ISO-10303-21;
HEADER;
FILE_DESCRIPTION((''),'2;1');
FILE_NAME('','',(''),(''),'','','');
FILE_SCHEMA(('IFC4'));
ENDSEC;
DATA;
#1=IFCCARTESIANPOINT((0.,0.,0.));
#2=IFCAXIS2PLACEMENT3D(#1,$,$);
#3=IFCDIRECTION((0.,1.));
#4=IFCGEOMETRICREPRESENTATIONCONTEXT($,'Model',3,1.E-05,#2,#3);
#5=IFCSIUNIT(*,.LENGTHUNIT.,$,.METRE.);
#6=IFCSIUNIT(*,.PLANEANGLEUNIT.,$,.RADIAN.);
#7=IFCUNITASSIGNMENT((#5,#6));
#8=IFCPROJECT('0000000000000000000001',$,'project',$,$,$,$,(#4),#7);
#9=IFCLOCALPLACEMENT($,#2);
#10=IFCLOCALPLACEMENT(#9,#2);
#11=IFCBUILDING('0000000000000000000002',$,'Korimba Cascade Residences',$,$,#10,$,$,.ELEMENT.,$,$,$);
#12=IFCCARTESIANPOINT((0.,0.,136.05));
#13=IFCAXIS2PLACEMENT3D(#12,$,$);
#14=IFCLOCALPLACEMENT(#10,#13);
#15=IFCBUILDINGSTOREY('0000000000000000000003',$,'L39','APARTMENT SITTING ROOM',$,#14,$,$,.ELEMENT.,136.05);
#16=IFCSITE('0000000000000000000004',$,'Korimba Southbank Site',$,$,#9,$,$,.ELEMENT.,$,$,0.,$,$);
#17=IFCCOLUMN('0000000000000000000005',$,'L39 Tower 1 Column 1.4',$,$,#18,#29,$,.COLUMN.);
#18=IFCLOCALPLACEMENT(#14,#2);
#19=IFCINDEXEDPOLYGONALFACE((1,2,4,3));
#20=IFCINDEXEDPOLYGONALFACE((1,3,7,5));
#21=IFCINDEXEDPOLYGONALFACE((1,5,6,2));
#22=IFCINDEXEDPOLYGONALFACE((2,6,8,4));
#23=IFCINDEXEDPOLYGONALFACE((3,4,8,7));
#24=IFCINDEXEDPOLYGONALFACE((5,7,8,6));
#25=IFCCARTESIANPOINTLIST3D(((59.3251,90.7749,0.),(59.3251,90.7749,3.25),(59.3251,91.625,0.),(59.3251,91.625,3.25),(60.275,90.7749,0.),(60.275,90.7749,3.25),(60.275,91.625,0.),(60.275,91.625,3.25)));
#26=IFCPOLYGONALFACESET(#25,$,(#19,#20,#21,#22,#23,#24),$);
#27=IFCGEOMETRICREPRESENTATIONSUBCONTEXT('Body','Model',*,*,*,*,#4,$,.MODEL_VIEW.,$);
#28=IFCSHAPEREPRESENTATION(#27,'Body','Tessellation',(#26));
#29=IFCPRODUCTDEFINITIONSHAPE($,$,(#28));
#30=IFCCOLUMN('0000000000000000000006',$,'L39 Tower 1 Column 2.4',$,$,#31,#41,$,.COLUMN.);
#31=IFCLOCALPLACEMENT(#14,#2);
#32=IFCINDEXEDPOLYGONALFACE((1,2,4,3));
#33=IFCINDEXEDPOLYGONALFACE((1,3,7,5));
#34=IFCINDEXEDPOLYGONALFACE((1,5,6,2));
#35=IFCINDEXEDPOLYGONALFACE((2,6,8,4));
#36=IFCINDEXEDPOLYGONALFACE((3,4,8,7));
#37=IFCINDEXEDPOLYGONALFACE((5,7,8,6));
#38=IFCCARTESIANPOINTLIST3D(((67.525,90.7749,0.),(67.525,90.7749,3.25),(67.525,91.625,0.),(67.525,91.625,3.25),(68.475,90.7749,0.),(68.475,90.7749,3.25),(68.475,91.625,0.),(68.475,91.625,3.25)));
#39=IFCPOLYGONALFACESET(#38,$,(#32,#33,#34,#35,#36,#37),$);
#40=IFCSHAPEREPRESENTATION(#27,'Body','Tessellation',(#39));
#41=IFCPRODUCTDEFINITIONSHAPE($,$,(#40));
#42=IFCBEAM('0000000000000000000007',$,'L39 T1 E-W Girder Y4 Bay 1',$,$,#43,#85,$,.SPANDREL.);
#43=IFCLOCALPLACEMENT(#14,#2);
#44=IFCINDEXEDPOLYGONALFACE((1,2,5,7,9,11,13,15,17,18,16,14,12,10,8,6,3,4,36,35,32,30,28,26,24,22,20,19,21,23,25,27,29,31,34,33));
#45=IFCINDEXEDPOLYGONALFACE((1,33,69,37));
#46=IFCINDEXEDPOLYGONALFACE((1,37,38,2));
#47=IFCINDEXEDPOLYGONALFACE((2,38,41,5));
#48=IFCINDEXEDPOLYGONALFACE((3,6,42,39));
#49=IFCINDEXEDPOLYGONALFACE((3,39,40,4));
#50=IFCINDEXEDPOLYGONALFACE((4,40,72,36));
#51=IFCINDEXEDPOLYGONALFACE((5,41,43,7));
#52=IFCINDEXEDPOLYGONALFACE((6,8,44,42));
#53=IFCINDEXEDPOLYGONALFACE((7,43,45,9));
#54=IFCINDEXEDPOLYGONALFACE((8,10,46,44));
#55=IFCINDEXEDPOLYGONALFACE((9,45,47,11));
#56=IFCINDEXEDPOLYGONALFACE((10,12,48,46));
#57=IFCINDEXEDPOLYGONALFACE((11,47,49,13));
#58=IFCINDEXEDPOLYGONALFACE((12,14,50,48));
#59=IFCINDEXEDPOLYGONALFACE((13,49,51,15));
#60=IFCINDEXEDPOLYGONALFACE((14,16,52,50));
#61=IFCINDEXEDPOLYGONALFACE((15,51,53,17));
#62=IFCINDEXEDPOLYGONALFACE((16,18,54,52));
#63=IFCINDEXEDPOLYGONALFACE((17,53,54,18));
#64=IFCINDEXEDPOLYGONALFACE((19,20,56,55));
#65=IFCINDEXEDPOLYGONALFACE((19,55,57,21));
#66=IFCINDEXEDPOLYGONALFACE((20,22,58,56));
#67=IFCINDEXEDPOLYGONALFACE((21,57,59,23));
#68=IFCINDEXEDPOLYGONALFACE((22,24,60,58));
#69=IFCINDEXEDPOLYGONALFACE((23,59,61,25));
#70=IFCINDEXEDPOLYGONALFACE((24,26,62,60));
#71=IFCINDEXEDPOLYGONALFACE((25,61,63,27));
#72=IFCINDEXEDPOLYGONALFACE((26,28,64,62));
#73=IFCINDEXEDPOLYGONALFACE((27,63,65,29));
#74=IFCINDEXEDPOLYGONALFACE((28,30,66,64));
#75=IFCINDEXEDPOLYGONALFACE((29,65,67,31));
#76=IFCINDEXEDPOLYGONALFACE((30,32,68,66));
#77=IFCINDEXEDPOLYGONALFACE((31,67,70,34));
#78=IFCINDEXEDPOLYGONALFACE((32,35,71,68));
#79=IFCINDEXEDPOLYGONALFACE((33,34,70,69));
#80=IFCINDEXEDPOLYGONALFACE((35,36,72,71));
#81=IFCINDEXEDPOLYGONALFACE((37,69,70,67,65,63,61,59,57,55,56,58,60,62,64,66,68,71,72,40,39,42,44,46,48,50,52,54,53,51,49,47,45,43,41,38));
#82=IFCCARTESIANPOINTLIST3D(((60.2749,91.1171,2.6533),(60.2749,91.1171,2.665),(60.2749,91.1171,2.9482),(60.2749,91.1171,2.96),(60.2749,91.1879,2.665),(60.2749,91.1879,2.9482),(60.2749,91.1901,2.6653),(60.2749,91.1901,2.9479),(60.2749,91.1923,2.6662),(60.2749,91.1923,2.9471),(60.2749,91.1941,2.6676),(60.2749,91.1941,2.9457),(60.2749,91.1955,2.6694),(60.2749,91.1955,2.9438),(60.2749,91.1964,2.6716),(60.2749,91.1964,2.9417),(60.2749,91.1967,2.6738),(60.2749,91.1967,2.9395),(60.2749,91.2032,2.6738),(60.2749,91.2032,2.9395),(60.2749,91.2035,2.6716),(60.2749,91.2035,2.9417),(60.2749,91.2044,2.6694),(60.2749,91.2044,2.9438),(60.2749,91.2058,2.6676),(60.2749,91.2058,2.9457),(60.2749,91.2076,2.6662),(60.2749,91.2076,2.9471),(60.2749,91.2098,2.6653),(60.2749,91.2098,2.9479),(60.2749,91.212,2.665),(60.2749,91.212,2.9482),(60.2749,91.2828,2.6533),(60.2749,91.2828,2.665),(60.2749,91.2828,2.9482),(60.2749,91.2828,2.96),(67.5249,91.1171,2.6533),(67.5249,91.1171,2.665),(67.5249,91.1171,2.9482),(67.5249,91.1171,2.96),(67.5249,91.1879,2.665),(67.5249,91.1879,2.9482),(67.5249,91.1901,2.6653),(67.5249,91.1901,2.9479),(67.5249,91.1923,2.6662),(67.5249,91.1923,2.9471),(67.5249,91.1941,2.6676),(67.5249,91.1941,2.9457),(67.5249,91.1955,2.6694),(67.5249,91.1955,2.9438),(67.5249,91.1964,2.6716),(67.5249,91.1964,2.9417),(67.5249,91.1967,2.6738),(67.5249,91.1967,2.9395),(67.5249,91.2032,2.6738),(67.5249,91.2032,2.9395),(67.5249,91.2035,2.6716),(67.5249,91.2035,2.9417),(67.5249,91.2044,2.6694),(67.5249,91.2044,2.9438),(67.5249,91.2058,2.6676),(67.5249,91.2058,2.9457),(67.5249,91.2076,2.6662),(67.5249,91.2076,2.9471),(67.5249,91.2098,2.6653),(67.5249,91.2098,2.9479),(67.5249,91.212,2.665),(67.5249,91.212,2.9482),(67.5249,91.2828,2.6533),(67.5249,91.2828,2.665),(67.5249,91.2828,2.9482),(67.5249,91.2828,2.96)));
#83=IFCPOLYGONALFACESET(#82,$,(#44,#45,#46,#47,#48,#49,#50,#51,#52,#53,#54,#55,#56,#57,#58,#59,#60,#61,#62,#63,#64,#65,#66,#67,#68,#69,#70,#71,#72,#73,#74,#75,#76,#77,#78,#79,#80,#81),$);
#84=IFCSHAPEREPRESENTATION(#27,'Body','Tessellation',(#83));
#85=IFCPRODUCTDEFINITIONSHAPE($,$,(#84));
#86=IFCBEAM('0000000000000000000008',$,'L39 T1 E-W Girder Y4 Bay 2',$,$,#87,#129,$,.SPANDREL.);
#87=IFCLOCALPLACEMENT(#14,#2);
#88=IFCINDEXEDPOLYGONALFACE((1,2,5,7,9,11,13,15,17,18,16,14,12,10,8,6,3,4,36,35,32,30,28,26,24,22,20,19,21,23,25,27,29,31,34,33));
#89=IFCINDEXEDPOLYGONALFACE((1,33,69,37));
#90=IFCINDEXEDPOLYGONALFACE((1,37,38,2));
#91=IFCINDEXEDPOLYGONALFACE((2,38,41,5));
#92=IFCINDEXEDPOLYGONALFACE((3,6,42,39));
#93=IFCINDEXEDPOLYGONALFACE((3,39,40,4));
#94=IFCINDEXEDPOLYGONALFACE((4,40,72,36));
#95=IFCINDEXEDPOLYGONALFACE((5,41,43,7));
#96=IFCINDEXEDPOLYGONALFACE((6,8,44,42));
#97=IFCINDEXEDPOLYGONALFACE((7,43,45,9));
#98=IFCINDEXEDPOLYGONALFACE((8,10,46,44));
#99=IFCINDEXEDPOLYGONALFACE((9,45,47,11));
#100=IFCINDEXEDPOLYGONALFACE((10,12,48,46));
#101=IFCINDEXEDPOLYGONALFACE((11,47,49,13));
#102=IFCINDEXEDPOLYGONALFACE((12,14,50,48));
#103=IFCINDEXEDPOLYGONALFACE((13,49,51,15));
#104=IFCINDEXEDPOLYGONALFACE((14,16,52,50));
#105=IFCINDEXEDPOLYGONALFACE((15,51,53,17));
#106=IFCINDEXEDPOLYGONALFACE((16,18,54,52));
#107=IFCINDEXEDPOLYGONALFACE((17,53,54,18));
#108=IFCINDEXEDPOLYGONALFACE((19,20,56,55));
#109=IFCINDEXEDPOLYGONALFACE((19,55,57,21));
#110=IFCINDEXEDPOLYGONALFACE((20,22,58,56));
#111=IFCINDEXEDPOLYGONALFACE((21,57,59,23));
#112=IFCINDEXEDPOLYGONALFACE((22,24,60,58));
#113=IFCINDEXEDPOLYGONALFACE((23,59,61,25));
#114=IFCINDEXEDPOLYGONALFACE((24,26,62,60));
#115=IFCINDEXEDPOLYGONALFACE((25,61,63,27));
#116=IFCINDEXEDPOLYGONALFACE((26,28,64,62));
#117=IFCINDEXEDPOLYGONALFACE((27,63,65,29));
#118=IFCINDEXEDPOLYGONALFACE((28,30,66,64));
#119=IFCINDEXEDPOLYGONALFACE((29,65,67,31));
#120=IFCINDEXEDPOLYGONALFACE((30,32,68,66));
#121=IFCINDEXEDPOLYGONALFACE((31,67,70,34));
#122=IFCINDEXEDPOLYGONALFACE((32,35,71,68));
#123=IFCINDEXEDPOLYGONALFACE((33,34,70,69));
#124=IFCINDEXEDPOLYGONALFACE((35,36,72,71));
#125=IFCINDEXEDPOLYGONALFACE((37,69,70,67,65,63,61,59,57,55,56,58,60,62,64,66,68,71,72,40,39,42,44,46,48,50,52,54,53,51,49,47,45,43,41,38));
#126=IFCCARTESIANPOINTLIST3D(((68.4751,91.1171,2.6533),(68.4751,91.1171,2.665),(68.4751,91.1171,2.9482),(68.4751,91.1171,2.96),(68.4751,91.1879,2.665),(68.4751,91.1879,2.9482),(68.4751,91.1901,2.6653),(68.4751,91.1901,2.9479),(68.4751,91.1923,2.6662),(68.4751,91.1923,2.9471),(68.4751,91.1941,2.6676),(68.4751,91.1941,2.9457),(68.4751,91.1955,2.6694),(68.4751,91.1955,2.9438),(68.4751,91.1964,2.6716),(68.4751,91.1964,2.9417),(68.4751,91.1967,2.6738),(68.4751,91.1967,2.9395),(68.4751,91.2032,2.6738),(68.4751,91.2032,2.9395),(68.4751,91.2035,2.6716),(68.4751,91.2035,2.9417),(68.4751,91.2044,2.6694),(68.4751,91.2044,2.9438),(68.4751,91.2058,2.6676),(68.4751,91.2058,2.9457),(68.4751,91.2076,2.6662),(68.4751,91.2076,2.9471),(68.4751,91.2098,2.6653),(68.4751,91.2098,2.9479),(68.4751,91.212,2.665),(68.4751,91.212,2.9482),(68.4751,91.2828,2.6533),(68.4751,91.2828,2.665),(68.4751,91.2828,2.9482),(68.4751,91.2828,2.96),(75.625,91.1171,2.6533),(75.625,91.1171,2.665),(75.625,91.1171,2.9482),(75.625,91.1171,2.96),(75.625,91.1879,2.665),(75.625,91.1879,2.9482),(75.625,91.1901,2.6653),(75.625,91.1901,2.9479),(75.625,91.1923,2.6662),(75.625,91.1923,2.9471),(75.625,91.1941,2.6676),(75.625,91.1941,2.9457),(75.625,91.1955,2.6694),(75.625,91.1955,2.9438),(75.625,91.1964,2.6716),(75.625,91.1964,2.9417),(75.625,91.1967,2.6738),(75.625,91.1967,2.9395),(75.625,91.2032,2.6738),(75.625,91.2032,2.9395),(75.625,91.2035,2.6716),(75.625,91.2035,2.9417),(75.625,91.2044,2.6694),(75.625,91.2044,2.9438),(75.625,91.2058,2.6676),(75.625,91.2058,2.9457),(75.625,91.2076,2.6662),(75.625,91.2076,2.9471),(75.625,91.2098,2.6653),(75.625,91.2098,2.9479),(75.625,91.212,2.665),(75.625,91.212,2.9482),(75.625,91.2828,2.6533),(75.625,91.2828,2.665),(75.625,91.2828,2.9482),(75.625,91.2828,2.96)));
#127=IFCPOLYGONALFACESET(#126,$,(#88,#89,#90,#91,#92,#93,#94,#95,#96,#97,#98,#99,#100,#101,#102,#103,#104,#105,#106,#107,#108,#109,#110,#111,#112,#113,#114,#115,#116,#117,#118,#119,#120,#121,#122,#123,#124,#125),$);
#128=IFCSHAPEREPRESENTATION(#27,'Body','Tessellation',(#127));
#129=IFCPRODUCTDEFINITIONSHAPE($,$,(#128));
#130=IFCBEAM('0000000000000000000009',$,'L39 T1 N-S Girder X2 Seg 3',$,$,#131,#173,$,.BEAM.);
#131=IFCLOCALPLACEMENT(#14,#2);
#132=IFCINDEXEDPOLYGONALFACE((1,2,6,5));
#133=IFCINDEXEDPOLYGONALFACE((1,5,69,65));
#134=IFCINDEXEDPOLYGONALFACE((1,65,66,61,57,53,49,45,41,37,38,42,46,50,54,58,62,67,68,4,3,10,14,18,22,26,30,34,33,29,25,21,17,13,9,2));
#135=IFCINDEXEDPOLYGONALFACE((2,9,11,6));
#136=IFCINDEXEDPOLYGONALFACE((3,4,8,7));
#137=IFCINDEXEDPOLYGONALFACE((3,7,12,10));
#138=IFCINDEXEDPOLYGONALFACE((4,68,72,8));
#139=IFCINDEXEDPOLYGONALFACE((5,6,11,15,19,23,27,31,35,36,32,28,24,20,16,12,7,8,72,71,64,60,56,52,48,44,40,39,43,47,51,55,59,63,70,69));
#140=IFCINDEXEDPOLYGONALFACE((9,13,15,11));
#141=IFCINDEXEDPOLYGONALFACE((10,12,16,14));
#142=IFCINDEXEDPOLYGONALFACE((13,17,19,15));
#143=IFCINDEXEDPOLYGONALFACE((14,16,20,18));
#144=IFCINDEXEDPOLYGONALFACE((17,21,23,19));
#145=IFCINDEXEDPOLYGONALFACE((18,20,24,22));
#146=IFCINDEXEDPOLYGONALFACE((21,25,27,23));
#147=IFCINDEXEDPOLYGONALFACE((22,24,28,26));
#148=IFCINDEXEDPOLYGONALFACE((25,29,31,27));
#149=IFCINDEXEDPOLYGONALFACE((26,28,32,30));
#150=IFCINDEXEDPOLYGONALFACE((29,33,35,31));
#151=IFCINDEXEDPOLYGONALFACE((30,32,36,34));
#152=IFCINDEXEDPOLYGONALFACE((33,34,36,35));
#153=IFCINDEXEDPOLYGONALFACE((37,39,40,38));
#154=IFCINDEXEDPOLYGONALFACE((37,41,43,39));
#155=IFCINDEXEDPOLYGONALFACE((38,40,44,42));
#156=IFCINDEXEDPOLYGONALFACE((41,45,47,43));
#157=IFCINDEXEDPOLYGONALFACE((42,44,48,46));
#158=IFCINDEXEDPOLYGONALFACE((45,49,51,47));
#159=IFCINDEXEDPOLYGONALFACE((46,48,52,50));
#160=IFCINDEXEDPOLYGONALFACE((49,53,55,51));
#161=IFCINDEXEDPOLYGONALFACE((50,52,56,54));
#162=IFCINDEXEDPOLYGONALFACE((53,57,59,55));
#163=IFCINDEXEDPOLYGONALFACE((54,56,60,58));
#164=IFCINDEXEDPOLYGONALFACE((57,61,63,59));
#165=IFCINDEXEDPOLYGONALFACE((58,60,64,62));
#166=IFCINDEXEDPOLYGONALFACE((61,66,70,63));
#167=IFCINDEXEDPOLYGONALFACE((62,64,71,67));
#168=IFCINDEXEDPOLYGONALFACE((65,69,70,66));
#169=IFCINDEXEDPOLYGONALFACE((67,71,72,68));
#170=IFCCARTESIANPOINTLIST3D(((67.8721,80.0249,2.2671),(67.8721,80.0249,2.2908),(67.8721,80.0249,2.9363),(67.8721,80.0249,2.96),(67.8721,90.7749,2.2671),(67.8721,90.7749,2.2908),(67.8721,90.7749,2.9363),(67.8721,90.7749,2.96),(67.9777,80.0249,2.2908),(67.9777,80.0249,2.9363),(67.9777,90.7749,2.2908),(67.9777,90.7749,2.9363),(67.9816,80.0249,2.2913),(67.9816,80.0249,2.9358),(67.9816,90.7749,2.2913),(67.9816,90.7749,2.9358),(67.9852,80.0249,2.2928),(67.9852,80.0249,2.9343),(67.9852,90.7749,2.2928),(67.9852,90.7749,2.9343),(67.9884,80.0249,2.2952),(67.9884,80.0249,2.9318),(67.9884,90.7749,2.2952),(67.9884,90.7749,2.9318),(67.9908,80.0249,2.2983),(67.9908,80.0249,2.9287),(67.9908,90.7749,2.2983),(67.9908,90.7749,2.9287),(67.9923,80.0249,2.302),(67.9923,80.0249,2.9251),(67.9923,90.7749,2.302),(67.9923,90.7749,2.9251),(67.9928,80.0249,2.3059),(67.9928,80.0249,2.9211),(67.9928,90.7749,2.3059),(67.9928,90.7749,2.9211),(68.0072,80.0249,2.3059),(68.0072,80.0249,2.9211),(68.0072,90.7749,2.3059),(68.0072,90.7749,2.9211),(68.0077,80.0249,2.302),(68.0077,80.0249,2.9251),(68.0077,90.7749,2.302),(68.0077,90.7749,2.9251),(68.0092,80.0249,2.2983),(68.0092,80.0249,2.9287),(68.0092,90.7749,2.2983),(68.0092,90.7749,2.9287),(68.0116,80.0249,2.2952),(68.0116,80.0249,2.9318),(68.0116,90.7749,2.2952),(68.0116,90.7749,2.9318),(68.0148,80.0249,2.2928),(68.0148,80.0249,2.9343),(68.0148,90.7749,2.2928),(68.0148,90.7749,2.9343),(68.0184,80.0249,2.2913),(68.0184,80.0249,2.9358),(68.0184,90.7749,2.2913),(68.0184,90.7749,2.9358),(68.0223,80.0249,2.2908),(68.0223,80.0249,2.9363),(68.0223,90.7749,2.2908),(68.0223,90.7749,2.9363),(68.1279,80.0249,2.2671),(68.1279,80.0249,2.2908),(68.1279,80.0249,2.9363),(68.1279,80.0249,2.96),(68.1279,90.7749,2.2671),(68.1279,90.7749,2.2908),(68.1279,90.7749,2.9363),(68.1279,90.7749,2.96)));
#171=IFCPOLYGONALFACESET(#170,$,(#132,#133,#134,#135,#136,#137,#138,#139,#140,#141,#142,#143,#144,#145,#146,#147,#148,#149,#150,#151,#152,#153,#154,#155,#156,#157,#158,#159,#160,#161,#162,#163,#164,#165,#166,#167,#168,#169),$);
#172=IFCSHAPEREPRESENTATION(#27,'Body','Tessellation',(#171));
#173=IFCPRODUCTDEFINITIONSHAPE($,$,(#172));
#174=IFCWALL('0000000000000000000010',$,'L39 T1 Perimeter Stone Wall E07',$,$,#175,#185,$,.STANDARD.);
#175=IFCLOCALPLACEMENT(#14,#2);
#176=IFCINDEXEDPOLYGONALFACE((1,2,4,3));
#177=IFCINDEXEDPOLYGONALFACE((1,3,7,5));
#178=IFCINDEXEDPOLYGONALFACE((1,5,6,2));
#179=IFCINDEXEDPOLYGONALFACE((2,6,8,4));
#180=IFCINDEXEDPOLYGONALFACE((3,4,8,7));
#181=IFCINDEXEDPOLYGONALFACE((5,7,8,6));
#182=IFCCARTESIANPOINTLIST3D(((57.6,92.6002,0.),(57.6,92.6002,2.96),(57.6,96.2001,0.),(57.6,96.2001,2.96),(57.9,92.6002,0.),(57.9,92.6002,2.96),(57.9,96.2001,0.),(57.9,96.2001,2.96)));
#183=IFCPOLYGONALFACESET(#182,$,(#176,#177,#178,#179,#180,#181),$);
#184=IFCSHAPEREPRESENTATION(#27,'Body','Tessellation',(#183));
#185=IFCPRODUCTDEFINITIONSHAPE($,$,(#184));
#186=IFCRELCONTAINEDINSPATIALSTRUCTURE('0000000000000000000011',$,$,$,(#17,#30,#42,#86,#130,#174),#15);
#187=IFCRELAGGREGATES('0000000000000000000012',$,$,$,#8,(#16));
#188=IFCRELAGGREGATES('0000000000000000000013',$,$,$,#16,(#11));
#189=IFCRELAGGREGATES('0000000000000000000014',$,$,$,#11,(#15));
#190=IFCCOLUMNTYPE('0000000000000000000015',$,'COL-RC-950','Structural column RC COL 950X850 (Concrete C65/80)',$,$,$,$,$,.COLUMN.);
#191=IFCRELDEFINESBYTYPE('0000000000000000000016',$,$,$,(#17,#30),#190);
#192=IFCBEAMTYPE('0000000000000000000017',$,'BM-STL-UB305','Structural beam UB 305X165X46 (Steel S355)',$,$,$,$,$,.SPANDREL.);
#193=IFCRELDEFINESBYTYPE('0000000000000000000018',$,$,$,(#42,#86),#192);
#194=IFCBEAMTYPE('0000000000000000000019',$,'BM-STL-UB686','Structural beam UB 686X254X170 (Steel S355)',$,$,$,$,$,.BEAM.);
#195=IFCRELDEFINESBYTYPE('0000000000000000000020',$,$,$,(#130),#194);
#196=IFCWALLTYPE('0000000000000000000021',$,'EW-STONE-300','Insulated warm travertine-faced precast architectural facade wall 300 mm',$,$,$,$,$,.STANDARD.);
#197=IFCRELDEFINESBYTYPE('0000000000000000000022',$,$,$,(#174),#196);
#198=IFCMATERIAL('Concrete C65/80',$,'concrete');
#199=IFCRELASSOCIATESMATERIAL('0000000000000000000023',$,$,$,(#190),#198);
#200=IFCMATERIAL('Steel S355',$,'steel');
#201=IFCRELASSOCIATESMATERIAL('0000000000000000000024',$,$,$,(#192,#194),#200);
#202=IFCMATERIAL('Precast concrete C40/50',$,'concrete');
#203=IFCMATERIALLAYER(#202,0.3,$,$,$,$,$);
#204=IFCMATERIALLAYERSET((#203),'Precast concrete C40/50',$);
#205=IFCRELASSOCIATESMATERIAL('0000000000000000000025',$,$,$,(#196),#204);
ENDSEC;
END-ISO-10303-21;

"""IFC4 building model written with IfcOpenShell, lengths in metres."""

from ifc_helpers import new_model, si_unit, direction, frame, frame_2d, origin, origin_2d, place, context, subcontext, project, spatial, rectangle, i_section, extrude, material, layer, layer_set, material_profile, profile_set, type_object, element, save


model = new_model("IFC4")

# Units and contexts
model_context = context("Model", 3, precision=1e-05, world=origin(), true_north=direction((0.0, 1.0)))
body_context = subcontext(model_context, "Body", "Model", "MODEL_VIEW")
ifc_project = project(units=[si_unit("LENGTHUNIT", "METRE"), si_unit("PLANEANGLEUNIT", "RADIAN")], contexts=[model_context])

# Site, building, storey
site_placement = place(None, origin())
site = spatial("IfcSite", under=ifc_project, at=site_placement, Name="Korimba Southbank Site", CompositionType="ELEMENT", RefElevation=0.0)
building_placement = place(site_placement, origin())
building = spatial("IfcBuilding", under=site, at=building_placement, Name="Korimba Cascade Residences", CompositionType="ELEMENT")
storey_placement = place(building_placement, frame((0.0, 0.0, 136.05)))
storey = spatial("IfcBuildingStorey", under=building, at=storey_placement, Name="L39", Description="APARTMENT SITTING ROOM", CompositionType="ELEMENT", Elevation=136.05)

# Columns
ifc_material_1 = material(Name="Concrete C65/80", Category="concrete")
ifc_material_profile_1 = material_profile(ifc_material_1, rectangle(XDim=0.95, YDim=0.8501, at=origin_2d()), Name="Concrete C65/80")
ifc_profile_set_1 = profile_set([ifc_material_profile_1], Name="Concrete C65/80")
column_type = type_object("IfcColumnType", Name="COL-RC-950", Description="Structural column RC COL 950X850 (Concrete C65/80)", PredefinedType="COLUMN", material=ifc_profile_set_1)
for number, where, z_axis, x_axis, name in (
    (1, (59.8, 91.2, 0.0), (0.0, 0.0, 1.0), (1.0, 0.0, 0.0), "L39 Tower 1 Column 1.4"),
    (2, (68.0, 91.2, 0.0), (0.0, 0.0, 1.0), (1.0, 0.0, 0.0), "L39 Tower 1 Column 2.4"),
):
    element("IfcColumn", number, at=place(storey_placement, frame(where, z_axis=z_axis, x_axis=x_axis)), inside=storey, type_object=column_type, Name=name, PredefinedType="COLUMN", context=body_context, shape_type="SweptSolid", body=[
        extrude(rectangle(XDim=0.95, YDim=0.8501, at=origin_2d()), origin(), (0.0, 0.0, 1.0), 3.25),
    ])

# Beams
ifc_material_2 = material(Name="Steel S355", Category="steel")
ifc_material_profile_2 = material_profile(ifc_material_2, i_section(OverallWidth=0.1658, OverallDepth=0.3066, WebThickness=0.0066, FlangeThickness=0.0117, FilletRadius=0.0088, at=origin_2d()), Name="Steel S355")
ifc_profile_set_2 = profile_set([ifc_material_profile_2], Name="Steel S355")
beam_type_1 = type_object("IfcBeamType", Name="BM-STL-UB305", Description="Structural beam UB 305X165X46 (Steel S355)", PredefinedType="SPANDREL", material=ifc_profile_set_2)
beam_1_placement = place(storey_placement, frame((60.2749, 91.2, 2.8066), z_axis=(1.0, 0.0, 0.0), x_axis=(0.0, 1.0, 0.0)))
element("IfcBeam", 3, at=beam_1_placement, inside=storey, type_object=beam_type_1, Name="L39 T1 E-W Girder Y4 Bay 1", PredefinedType="SPANDREL", context=body_context, shape_type="SweptSolid", body=[
    extrude(i_section(OverallWidth=0.1658, OverallDepth=0.3066, WebThickness=0.0066, FlangeThickness=0.0117, FilletRadius=0.0088, at=origin_2d()), origin(), (0.0, 0.0, 1.0), 7.25),
])
beam_2_placement = place(storey_placement, frame((68.4751, 91.2, 2.8066), z_axis=(1.0, 0.0, 0.0), x_axis=(0.0, 1.0, 0.0)))
element("IfcBeam", 4, at=beam_2_placement, inside=storey, type_object=beam_type_1, Name="L39 T1 E-W Girder Y4 Bay 2", PredefinedType="SPANDREL", context=body_context, shape_type="SweptSolid", body=[
    extrude(i_section(OverallWidth=0.1658, OverallDepth=0.3066, WebThickness=0.0066, FlangeThickness=0.0117, FilletRadius=0.0088, at=origin_2d()), origin(), (0.0, 0.0, 1.0), 7.1499),
])
ifc_material_profile_3 = material_profile(ifc_material_2, i_section(OverallWidth=0.2559, OverallDepth=0.6929, WebThickness=0.0144, FlangeThickness=0.0237, FilletRadius=0.0151, at=origin_2d()), Name="Steel S355")
ifc_profile_set_3 = profile_set([ifc_material_profile_3], Name="Steel S355")
beam_type_2 = type_object("IfcBeamType", Name="BM-STL-UB686", Description="Structural beam UB 686X254X170 (Steel S355)", PredefinedType="BEAM", material=ifc_profile_set_3)
beam_3_placement = place(storey_placement, frame((68.0, 80.0249, 2.6135), z_axis=(0.0, 1.0, 0.0), x_axis=(-1.0, 0.0, 0.0)))
element("IfcBeam", 5, at=beam_3_placement, inside=storey, type_object=beam_type_2, Name="L39 T1 N-S Girder X2 Seg 3", PredefinedType="BEAM", context=body_context, shape_type="SweptSolid", body=[
    extrude(i_section(OverallWidth=0.2559, OverallDepth=0.6929, WebThickness=0.0144, FlangeThickness=0.0237, FilletRadius=0.0151, at=origin_2d()), origin(), (0.0, 0.0, 1.0), 10.75),
])

# Wall
ifc_material_3 = material(Name="Precast concrete C40/50", Category="concrete")
ifc_layer_1 = layer(ifc_material_3, 0.3)
ifc_layer_set_1 = layer_set([ifc_layer_1], Name="Precast concrete C40/50")
wall_type_1 = type_object("IfcWallType", Name="EW-STONE-300", Description="Insulated warm travertine-faced precast architectural facade wall 300 mm", PredefinedType="STANDARD", material=ifc_layer_set_1)
wall_1_placement = place(storey_placement, frame((57.75, 96.2, 0.0), z_axis=(0.0, 0.0, 1.0), x_axis=(0.0, -1.0, 0.0)))
element("IfcWall", 6, at=wall_1_placement, inside=storey, type_object=wall_type_1, Name="L39 T1 Perimeter Stone Wall E07", PredefinedType="STANDARD", context=body_context, shape_type="SweptSolid", body=[
    extrude(rectangle(XDim=3.5999, YDim=0.3, at=frame_2d((1.7998, 0.0))), origin(), (0.0, 0.0, 1.0), 2.96),
])

save(model, "model.ifc")
